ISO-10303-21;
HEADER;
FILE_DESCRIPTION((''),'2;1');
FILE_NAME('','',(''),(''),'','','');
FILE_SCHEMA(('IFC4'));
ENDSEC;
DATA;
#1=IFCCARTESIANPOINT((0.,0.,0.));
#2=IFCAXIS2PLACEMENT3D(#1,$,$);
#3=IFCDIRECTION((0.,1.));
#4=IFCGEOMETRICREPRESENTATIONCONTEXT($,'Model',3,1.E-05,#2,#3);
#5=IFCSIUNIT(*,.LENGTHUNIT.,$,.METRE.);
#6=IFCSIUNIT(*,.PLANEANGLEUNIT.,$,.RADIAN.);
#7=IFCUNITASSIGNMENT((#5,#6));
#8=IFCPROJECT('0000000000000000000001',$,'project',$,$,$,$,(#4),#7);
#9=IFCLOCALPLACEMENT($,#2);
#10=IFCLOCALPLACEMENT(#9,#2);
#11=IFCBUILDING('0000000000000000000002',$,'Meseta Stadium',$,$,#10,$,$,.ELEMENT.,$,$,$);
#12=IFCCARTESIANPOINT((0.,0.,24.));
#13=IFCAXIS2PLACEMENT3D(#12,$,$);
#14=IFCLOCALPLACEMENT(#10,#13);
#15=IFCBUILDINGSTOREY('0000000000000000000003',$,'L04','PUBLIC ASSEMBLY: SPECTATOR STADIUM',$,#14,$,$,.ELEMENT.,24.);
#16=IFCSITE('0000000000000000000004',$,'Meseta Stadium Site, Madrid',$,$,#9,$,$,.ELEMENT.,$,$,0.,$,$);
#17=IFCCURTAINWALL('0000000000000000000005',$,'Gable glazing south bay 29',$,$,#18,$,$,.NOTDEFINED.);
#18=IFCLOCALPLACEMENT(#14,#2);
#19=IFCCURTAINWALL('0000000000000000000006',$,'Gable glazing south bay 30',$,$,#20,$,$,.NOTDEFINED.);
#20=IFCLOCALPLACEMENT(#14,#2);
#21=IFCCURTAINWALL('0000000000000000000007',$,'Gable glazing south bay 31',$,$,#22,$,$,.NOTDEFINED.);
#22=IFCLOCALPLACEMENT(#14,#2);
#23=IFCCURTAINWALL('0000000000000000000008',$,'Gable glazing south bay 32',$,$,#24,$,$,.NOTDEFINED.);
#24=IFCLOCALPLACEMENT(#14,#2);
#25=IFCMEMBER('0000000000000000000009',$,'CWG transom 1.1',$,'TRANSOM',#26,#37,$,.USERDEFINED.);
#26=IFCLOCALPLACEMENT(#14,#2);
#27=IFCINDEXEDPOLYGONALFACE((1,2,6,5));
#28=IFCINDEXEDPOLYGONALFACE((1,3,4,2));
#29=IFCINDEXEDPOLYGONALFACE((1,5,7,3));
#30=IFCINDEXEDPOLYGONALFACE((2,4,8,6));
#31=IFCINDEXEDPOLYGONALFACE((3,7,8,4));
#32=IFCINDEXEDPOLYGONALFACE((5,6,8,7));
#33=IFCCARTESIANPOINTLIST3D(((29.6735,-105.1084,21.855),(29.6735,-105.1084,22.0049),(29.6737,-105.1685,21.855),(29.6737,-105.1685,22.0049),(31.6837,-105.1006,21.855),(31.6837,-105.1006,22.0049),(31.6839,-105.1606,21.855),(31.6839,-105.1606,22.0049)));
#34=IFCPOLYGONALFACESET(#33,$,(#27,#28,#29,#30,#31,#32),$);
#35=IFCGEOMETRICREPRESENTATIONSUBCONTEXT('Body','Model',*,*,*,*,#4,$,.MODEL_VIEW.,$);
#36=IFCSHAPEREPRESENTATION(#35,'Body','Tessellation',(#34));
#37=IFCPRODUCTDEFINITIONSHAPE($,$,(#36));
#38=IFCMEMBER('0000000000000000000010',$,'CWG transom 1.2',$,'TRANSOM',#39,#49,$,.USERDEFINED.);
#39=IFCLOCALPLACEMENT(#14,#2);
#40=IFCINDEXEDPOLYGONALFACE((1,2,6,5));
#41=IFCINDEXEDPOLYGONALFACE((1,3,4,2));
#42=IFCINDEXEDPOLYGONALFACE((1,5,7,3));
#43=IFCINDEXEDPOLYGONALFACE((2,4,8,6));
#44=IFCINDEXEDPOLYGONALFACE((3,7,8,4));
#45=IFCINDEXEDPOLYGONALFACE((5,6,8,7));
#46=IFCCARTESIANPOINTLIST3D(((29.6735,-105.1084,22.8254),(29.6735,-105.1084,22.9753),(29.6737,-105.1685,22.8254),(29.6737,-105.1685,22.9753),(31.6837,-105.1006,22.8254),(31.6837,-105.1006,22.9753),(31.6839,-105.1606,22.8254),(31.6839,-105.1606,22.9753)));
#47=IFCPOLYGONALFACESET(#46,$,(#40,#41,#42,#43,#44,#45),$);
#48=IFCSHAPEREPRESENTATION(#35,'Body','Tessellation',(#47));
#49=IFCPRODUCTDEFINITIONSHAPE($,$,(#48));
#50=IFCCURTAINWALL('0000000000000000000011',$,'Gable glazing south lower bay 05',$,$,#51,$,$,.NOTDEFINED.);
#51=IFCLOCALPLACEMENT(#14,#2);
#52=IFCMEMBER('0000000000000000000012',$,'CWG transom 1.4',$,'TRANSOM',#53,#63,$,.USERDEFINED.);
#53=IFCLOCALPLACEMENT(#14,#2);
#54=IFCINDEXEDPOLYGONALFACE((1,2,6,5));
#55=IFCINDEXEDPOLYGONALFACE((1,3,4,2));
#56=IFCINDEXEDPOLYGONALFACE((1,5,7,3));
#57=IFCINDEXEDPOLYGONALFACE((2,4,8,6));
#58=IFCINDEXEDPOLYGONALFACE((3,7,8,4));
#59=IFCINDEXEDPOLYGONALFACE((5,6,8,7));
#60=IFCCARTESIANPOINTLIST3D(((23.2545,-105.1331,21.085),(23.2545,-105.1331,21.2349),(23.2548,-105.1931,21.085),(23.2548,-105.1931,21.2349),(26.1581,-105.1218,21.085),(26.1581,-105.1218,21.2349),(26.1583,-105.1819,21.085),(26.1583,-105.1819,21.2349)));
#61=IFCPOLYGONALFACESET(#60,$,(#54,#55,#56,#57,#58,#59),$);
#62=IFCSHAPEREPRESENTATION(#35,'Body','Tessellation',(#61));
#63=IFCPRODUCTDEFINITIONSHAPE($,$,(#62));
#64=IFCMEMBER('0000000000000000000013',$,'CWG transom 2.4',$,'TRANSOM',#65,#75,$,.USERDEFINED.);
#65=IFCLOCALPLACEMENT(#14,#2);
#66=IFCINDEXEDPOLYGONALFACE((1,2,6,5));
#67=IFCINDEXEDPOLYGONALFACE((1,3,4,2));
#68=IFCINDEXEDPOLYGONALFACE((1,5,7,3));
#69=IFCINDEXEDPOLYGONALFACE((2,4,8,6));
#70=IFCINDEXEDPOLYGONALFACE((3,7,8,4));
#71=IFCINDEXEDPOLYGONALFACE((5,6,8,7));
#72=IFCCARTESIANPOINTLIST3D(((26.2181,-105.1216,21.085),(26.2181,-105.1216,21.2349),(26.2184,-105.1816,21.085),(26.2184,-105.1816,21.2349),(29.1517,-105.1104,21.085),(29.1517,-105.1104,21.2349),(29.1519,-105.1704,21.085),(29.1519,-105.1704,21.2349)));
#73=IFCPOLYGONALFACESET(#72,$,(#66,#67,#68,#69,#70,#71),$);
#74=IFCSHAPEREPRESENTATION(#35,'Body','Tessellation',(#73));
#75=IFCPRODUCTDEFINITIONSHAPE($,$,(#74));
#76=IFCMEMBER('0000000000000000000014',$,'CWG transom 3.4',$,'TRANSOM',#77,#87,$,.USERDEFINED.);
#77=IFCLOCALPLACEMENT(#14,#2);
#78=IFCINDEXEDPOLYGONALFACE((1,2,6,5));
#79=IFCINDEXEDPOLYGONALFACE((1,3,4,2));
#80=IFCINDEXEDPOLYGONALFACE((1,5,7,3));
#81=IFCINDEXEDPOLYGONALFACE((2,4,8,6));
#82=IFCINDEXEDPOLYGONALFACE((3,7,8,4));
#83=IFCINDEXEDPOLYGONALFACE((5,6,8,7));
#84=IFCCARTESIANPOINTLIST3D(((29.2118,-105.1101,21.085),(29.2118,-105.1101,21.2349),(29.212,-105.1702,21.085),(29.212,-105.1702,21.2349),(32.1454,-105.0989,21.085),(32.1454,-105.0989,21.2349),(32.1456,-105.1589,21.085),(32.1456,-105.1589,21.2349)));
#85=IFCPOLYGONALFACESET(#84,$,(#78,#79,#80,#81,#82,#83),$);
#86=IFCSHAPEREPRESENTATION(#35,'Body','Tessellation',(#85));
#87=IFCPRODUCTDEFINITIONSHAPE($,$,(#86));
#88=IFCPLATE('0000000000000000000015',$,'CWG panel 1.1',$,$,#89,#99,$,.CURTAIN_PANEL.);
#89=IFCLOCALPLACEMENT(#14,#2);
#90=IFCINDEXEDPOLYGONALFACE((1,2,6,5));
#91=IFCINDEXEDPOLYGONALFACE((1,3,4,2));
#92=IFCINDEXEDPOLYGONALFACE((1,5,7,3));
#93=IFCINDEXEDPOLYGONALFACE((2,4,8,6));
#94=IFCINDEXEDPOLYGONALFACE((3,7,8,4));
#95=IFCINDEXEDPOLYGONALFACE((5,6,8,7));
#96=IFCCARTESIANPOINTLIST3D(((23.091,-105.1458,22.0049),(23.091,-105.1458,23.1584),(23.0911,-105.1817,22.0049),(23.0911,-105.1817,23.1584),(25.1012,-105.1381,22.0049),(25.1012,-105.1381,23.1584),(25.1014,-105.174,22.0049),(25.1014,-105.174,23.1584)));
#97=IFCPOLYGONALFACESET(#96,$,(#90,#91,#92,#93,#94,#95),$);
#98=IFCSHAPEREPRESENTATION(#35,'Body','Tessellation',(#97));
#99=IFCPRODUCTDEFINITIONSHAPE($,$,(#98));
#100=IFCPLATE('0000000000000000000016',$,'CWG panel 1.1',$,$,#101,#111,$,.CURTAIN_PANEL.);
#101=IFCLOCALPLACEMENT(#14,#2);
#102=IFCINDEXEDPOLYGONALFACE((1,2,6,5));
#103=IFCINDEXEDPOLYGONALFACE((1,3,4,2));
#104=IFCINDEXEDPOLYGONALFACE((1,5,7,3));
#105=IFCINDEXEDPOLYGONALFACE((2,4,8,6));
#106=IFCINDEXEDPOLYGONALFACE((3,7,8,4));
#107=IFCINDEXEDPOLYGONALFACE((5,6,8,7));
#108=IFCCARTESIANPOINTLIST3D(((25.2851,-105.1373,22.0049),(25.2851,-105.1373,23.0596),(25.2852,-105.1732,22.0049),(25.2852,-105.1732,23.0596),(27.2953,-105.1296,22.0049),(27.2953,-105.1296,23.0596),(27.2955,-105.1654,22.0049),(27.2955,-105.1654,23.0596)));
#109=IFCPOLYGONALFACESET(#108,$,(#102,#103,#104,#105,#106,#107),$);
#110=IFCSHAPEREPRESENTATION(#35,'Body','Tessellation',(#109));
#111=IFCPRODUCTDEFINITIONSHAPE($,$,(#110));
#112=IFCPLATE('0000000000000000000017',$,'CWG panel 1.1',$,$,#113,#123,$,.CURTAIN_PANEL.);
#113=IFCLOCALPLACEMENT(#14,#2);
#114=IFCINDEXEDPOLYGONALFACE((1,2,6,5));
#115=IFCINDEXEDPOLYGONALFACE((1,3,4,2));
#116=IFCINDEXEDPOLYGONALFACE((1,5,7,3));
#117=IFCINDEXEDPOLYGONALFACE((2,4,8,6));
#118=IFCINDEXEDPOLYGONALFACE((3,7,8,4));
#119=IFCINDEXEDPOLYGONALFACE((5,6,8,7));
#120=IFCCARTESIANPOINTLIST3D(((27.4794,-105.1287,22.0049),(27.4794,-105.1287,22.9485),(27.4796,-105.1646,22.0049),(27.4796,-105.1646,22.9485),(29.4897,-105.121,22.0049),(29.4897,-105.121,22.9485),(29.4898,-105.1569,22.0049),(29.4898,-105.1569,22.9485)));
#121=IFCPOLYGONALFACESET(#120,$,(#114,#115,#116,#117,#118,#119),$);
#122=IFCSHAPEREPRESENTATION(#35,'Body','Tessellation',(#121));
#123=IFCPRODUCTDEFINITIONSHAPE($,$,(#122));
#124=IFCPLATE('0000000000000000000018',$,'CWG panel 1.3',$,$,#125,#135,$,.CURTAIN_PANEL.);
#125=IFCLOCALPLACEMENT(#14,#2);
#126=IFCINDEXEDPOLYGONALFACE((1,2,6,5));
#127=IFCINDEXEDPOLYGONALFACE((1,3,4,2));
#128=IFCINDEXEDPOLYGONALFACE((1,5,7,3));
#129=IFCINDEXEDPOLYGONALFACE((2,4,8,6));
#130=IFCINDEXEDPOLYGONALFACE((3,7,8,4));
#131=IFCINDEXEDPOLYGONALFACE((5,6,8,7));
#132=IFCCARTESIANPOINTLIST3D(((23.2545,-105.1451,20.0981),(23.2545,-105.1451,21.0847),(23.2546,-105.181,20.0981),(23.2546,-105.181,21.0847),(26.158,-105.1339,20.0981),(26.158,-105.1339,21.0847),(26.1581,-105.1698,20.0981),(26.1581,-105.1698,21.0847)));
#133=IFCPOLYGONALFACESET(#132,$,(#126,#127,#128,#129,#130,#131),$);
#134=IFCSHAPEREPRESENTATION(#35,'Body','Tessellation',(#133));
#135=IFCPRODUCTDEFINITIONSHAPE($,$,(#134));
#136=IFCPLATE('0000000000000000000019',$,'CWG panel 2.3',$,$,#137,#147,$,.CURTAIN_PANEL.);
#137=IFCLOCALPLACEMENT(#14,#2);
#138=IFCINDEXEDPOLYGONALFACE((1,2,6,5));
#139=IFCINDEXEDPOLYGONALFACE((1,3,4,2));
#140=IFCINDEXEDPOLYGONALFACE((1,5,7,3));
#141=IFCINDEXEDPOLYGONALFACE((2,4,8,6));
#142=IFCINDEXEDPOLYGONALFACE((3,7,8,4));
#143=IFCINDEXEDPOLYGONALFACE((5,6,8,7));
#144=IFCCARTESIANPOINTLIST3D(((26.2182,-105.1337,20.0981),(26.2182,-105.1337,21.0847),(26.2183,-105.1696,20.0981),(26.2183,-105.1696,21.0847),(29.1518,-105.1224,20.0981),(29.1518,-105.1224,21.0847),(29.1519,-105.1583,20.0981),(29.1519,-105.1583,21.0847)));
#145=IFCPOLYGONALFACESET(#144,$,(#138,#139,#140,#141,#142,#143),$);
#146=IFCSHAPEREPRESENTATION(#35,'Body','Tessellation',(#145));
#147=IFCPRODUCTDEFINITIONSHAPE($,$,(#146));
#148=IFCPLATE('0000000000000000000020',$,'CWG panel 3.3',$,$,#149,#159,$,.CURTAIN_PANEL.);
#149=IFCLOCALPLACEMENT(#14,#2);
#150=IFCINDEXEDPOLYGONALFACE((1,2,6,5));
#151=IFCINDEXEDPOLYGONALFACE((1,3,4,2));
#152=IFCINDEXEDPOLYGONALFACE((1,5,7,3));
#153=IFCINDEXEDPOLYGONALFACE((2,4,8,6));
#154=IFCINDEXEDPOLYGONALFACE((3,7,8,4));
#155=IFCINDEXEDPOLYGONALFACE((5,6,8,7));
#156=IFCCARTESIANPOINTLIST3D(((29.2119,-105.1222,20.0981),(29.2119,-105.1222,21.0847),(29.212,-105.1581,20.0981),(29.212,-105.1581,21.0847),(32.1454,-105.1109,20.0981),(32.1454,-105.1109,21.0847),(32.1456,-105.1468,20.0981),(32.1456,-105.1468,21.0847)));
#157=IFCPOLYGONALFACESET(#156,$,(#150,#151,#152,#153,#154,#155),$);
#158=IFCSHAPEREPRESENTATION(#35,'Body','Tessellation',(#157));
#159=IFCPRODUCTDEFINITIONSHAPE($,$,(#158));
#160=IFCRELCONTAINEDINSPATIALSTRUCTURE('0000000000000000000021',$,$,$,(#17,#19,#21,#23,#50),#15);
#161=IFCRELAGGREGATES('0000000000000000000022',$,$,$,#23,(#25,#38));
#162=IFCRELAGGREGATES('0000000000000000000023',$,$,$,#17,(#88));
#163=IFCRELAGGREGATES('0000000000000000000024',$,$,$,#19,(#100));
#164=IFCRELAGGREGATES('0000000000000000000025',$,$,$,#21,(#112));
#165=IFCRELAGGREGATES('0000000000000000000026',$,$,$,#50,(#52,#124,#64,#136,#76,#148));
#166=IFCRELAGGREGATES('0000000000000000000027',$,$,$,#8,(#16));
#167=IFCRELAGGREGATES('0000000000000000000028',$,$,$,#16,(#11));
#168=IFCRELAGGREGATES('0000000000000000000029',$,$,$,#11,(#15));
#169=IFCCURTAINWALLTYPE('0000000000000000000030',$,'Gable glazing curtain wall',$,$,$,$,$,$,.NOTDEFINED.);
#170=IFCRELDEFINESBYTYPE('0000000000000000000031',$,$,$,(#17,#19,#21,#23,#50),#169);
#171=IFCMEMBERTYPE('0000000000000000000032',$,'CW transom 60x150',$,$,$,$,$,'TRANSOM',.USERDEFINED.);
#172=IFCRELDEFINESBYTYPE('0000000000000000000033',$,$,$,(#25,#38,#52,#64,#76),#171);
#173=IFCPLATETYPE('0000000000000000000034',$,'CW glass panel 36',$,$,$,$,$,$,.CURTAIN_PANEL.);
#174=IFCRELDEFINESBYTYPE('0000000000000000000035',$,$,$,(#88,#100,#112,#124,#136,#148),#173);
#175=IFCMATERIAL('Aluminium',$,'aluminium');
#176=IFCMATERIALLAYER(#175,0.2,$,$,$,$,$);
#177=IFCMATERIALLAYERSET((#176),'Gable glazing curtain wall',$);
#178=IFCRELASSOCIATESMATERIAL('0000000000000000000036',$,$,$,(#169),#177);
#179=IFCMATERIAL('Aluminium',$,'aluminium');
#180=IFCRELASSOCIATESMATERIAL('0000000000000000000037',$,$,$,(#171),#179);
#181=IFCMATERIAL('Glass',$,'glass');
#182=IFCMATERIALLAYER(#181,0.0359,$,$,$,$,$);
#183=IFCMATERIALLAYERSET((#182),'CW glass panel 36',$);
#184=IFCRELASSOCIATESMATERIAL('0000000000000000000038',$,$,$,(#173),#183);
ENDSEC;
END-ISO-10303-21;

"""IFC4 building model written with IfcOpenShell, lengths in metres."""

from ifc_helpers import new_model, si_unit, direction, frame, origin, origin_2d, place, context, subcontext, project, spatial, rectangle, extrude, material, layer, layer_set, material_profile, profile_set, type_object, element, aggregate, save


model = new_model("IFC4")

# Units and contexts
model_context = context("Model", 3, precision=1e-05, world=origin(), true_north=direction((0.0, 1.0)))
body_context = subcontext(model_context, "Body", "Model", "MODEL_VIEW")
ifc_project = project(units=[si_unit("LENGTHUNIT", "METRE"), si_unit("PLANEANGLEUNIT", "RADIAN")], contexts=[model_context])

# Site, building, storey
site_placement = place(None, origin())
site = spatial("IfcSite", under=ifc_project, at=site_placement, Name="Meseta Stadium Site, Madrid", CompositionType="ELEMENT", RefElevation=0.0)
building_placement = place(site_placement, origin())
building = spatial("IfcBuilding", under=site, at=building_placement, Name="Meseta Stadium", CompositionType="ELEMENT")
storey_placement = place(building_placement, frame((0.0, 0.0, 24.0)))
storey = spatial("IfcBuildingStorey", under=building, at=storey_placement, Name="L04", Description="PUBLIC ASSEMBLY: SPECTATOR STADIUM", CompositionType="ELEMENT", Elevation=24.0)

# Shared definitions
ifc_material_1 = material(Name="Aluminium", Category="aluminium")
ifc_layer_1 = layer(ifc_material_1, 0.2)
ifc_layer_set_1 = layer_set([ifc_layer_1], Name="Gable glazing curtain wall")
curtain_wall_type = type_object("IfcCurtainWallType", Name="Gable glazing curtain wall", PredefinedType="NOTDEFINED", material=ifc_layer_set_1)

# Curtain walls
curtain_wall_1_placement = place(storey_placement, origin())
curtain_wall_1 = element("IfcCurtainWall", 1, at=curtain_wall_1_placement, inside=storey, type_object=curtain_wall_type, Name="Gable glazing south bay 29", PredefinedType="NOTDEFINED")
curtain_wall_2_placement = place(storey_placement, origin())
curtain_wall_2 = element("IfcCurtainWall", 2, at=curtain_wall_2_placement, inside=storey, type_object=curtain_wall_type, Name="Gable glazing south bay 30", PredefinedType="NOTDEFINED")
curtain_wall_3_placement = place(storey_placement, origin())
curtain_wall_3 = element("IfcCurtainWall", 3, at=curtain_wall_3_placement, inside=storey, type_object=curtain_wall_type, Name="Gable glazing south bay 31", PredefinedType="NOTDEFINED")

# Curtain wall
curtain_wall_4_placement = place(storey_placement, origin())
curtain_wall_4 = element("IfcCurtainWall", 4, at=curtain_wall_4_placement, inside=storey, type_object=curtain_wall_type, Name="Gable glazing south bay 32", PredefinedType="NOTDEFINED")

# Members
ifc_material_2 = material(Name="Aluminium", Category="aluminium")
ifc_material_profile_1 = material_profile(ifc_material_2, rectangle(XDim=0.0601, YDim=0.1499, at=origin_2d()), Name="CW 60x150")
ifc_profile_set_1 = profile_set([ifc_material_profile_1], Name="Aluminium")
member_type_1 = type_object("IfcMemberType", Name="CW transom 60x150", ElementType="TRANSOM", PredefinedType="USERDEFINED", material=ifc_profile_set_1)
member_1_placement = place(storey_placement, frame((29.6736, -105.1384, 21.9299), z_axis=(0.999992, 0.003886, 0.0), x_axis=(-0.003886, 0.999992, 0.0)))
member_1 = element("IfcMember", 5, at=member_1_placement, type_object=member_type_1, Name="CWG transom 1.1", ObjectType="TRANSOM", PredefinedType="USERDEFINED", context=body_context, shape_type="SweptSolid", body=[
    extrude(rectangle(XDim=0.0601, YDim=0.1499, at=origin_2d()), origin(), (0.0, 0.0, 1.0), 2.0103),
])
member_2_placement = place(storey_placement, frame((29.6736, -105.1384, 22.9004), z_axis=(0.999992, 0.003886, 0.0), x_axis=(-0.003886, 0.999992, 0.0)))
member_2 = element("IfcMember", 6, at=member_2_placement, type_object=member_type_1, Name="CWG transom 1.2", ObjectType="TRANSOM", PredefinedType="USERDEFINED", context=body_context, shape_type="SweptSolid", body=[
    extrude(rectangle(XDim=0.0601, YDim=0.1499, at=origin_2d()), origin(), (0.0, 0.0, 1.0), 2.0103),
])
aggregate(curtain_wall_4, [member_1, member_2])

# Curtain wall, members
curtain_wall_5_placement = place(storey_placement, origin())
curtain_wall_5 = element("IfcCurtainWall", 7, at=curtain_wall_5_placement, inside=storey, type_object=curtain_wall_type, Name="Gable glazing south lower bay 05", PredefinedType="NOTDEFINED")
member_3_placement = place(storey_placement, frame((23.2546, -105.1631, 21.1599), z_axis=(0.999993, 0.003868, 0.0), x_axis=(-0.003868, 0.999993, 0.0)))
member_3 = element("IfcMember", 8, at=member_3_placement, type_object=member_type_1, Name="CWG transom 1.4", ObjectType="TRANSOM", PredefinedType="USERDEFINED", context=body_context, shape_type="SweptSolid", body=[
    extrude(rectangle(XDim=0.0601, YDim=0.1499, at=origin_2d()), origin(), (0.0, 0.0, 1.0), 2.9036),
])
member_4_placement = place(storey_placement, frame((26.2183, -105.1516, 21.1599), z_axis=(0.999993, 0.003828, 0.0), x_axis=(-0.003828, 0.999993, 0.0)))
member_4 = element("IfcMember", 9, at=member_4_placement, type_object=member_type_1, Name="CWG transom 2.4", ObjectType="TRANSOM", PredefinedType="USERDEFINED", context=body_context, shape_type="SweptSolid", body=[
    extrude(rectangle(XDim=0.0601, YDim=0.1499, at=origin_2d()), origin(), (0.0, 0.0, 1.0), 2.9336),
])
member_5_placement = place(storey_placement, frame((29.2119, -105.1401, 21.1599), z_axis=(0.999993, 0.003828, 0.0), x_axis=(-0.003828, 0.999993, 0.0)))
member_5 = element("IfcMember", 10, at=member_5_placement, type_object=member_type_1, Name="CWG transom 3.4", ObjectType="TRANSOM", PredefinedType="USERDEFINED", context=body_context, shape_type="SweptSolid", body=[
    extrude(rectangle(XDim=0.0601, YDim=0.1499, at=origin_2d()), origin(), (0.0, 0.0, 1.0), 2.9336),
])

# Plates
ifc_material_3 = material(Name="Glass", Category="glass")
ifc_layer_2 = layer(ifc_material_3, 0.0359)
ifc_layer_set_2 = layer_set([ifc_layer_2], Name="CW glass panel 36")
plate_type = type_object("IfcPlateType", Name="CW glass panel 36", PredefinedType="CURTAIN_PANEL", material=ifc_layer_set_2)
plate_1_placement = place(storey_placement, frame((24.0962, -105.1599, 22.0049), z_axis=(0.0, 0.0, 1.0), x_axis=(0.999993, 0.003848, 0.0)))
plate_1 = element("IfcPlate", 11, at=plate_1_placement, type_object=plate_type, Name="CWG panel 1.1", PredefinedType="CURTAIN_PANEL", context=body_context, shape_type="SweptSolid", body=[
    extrude(rectangle(XDim=2.0103, YDim=0.0359, at=origin_2d()), origin(), (0.0, 0.0, 1.0), 1.1536),
])
aggregate(curtain_wall_1, [plate_1])
plate_2_placement = place(storey_placement, frame((26.2903, -105.1514, 22.0049), z_axis=(0.0, 0.0, 1.0), x_axis=(0.999993, 0.003848, 0.0)))
plate_2 = element("IfcPlate", 12, at=plate_2_placement, type_object=plate_type, Name="CWG panel 1.1", PredefinedType="CURTAIN_PANEL", context=body_context, shape_type="SweptSolid", body=[
    extrude(rectangle(XDim=2.0103, YDim=0.0359, at=origin_2d()), origin(), (0.0, 0.0, 1.0), 1.0547),
])
aggregate(curtain_wall_2, [plate_2])
plate_3_placement = place(storey_placement, frame((28.4846, -105.1428, 22.0049), z_axis=(0.0, 0.0, 1.0), x_axis=(0.999993, 0.003848, 0.0)))
plate_3 = element("IfcPlate", 13, at=plate_3_placement, type_object=plate_type, Name="CWG panel 1.1", PredefinedType="CURTAIN_PANEL", context=body_context, shape_type="SweptSolid", body=[
    extrude(rectangle(XDim=2.0103, YDim=0.0359, at=origin_2d()), origin(), (0.0, 0.0, 1.0), 0.9436),
])
aggregate(curtain_wall_3, [plate_3])
plate_4_placement = place(storey_placement, frame((24.7063, -105.1575, 20.0981), z_axis=(0.0, 0.0, 1.0), x_axis=(0.999993, 0.003848, 0.0)))
plate_4 = element("IfcPlate", 14, at=plate_4_placement, type_object=plate_type, Name="CWG panel 1.3", PredefinedType="CURTAIN_PANEL", context=body_context, shape_type="SweptSolid", body=[
    extrude(rectangle(XDim=2.9036, YDim=0.0359, at=origin_2d()), origin(), (0.0, 0.0, 1.0), 0.9866),
])
plate_5_placement = place(storey_placement, frame((27.6851, -105.146, 20.0981), z_axis=(0.0, 0.0, 1.0), x_axis=(0.999993, 0.003848, 0.0)))
plate_5 = element("IfcPlate", 15, at=plate_5_placement, type_object=plate_type, Name="CWG panel 2.3", PredefinedType="CURTAIN_PANEL", context=body_context, shape_type="SweptSolid", body=[
    extrude(rectangle(XDim=2.9336, YDim=0.0359, at=origin_2d()), origin(), (0.0, 0.0, 1.0), 0.9866),
])
plate_6_placement = place(storey_placement, frame((30.6787, -105.1345, 20.0981), z_axis=(0.0, 0.0, 1.0), x_axis=(0.999993, 0.003848, 0.0)))
plate_6 = element("IfcPlate", 16, at=plate_6_placement, type_object=plate_type, Name="CWG panel 3.3", PredefinedType="CURTAIN_PANEL", context=body_context, shape_type="SweptSolid", body=[
    extrude(rectangle(XDim=2.9336, YDim=0.0359, at=origin_2d()), origin(), (0.0, 0.0, 1.0), 0.9866),
])
aggregate(curtain_wall_5, [member_3, plate_4, member_4, plate_5, member_5, plate_6])

save(model, "model.ifc")
